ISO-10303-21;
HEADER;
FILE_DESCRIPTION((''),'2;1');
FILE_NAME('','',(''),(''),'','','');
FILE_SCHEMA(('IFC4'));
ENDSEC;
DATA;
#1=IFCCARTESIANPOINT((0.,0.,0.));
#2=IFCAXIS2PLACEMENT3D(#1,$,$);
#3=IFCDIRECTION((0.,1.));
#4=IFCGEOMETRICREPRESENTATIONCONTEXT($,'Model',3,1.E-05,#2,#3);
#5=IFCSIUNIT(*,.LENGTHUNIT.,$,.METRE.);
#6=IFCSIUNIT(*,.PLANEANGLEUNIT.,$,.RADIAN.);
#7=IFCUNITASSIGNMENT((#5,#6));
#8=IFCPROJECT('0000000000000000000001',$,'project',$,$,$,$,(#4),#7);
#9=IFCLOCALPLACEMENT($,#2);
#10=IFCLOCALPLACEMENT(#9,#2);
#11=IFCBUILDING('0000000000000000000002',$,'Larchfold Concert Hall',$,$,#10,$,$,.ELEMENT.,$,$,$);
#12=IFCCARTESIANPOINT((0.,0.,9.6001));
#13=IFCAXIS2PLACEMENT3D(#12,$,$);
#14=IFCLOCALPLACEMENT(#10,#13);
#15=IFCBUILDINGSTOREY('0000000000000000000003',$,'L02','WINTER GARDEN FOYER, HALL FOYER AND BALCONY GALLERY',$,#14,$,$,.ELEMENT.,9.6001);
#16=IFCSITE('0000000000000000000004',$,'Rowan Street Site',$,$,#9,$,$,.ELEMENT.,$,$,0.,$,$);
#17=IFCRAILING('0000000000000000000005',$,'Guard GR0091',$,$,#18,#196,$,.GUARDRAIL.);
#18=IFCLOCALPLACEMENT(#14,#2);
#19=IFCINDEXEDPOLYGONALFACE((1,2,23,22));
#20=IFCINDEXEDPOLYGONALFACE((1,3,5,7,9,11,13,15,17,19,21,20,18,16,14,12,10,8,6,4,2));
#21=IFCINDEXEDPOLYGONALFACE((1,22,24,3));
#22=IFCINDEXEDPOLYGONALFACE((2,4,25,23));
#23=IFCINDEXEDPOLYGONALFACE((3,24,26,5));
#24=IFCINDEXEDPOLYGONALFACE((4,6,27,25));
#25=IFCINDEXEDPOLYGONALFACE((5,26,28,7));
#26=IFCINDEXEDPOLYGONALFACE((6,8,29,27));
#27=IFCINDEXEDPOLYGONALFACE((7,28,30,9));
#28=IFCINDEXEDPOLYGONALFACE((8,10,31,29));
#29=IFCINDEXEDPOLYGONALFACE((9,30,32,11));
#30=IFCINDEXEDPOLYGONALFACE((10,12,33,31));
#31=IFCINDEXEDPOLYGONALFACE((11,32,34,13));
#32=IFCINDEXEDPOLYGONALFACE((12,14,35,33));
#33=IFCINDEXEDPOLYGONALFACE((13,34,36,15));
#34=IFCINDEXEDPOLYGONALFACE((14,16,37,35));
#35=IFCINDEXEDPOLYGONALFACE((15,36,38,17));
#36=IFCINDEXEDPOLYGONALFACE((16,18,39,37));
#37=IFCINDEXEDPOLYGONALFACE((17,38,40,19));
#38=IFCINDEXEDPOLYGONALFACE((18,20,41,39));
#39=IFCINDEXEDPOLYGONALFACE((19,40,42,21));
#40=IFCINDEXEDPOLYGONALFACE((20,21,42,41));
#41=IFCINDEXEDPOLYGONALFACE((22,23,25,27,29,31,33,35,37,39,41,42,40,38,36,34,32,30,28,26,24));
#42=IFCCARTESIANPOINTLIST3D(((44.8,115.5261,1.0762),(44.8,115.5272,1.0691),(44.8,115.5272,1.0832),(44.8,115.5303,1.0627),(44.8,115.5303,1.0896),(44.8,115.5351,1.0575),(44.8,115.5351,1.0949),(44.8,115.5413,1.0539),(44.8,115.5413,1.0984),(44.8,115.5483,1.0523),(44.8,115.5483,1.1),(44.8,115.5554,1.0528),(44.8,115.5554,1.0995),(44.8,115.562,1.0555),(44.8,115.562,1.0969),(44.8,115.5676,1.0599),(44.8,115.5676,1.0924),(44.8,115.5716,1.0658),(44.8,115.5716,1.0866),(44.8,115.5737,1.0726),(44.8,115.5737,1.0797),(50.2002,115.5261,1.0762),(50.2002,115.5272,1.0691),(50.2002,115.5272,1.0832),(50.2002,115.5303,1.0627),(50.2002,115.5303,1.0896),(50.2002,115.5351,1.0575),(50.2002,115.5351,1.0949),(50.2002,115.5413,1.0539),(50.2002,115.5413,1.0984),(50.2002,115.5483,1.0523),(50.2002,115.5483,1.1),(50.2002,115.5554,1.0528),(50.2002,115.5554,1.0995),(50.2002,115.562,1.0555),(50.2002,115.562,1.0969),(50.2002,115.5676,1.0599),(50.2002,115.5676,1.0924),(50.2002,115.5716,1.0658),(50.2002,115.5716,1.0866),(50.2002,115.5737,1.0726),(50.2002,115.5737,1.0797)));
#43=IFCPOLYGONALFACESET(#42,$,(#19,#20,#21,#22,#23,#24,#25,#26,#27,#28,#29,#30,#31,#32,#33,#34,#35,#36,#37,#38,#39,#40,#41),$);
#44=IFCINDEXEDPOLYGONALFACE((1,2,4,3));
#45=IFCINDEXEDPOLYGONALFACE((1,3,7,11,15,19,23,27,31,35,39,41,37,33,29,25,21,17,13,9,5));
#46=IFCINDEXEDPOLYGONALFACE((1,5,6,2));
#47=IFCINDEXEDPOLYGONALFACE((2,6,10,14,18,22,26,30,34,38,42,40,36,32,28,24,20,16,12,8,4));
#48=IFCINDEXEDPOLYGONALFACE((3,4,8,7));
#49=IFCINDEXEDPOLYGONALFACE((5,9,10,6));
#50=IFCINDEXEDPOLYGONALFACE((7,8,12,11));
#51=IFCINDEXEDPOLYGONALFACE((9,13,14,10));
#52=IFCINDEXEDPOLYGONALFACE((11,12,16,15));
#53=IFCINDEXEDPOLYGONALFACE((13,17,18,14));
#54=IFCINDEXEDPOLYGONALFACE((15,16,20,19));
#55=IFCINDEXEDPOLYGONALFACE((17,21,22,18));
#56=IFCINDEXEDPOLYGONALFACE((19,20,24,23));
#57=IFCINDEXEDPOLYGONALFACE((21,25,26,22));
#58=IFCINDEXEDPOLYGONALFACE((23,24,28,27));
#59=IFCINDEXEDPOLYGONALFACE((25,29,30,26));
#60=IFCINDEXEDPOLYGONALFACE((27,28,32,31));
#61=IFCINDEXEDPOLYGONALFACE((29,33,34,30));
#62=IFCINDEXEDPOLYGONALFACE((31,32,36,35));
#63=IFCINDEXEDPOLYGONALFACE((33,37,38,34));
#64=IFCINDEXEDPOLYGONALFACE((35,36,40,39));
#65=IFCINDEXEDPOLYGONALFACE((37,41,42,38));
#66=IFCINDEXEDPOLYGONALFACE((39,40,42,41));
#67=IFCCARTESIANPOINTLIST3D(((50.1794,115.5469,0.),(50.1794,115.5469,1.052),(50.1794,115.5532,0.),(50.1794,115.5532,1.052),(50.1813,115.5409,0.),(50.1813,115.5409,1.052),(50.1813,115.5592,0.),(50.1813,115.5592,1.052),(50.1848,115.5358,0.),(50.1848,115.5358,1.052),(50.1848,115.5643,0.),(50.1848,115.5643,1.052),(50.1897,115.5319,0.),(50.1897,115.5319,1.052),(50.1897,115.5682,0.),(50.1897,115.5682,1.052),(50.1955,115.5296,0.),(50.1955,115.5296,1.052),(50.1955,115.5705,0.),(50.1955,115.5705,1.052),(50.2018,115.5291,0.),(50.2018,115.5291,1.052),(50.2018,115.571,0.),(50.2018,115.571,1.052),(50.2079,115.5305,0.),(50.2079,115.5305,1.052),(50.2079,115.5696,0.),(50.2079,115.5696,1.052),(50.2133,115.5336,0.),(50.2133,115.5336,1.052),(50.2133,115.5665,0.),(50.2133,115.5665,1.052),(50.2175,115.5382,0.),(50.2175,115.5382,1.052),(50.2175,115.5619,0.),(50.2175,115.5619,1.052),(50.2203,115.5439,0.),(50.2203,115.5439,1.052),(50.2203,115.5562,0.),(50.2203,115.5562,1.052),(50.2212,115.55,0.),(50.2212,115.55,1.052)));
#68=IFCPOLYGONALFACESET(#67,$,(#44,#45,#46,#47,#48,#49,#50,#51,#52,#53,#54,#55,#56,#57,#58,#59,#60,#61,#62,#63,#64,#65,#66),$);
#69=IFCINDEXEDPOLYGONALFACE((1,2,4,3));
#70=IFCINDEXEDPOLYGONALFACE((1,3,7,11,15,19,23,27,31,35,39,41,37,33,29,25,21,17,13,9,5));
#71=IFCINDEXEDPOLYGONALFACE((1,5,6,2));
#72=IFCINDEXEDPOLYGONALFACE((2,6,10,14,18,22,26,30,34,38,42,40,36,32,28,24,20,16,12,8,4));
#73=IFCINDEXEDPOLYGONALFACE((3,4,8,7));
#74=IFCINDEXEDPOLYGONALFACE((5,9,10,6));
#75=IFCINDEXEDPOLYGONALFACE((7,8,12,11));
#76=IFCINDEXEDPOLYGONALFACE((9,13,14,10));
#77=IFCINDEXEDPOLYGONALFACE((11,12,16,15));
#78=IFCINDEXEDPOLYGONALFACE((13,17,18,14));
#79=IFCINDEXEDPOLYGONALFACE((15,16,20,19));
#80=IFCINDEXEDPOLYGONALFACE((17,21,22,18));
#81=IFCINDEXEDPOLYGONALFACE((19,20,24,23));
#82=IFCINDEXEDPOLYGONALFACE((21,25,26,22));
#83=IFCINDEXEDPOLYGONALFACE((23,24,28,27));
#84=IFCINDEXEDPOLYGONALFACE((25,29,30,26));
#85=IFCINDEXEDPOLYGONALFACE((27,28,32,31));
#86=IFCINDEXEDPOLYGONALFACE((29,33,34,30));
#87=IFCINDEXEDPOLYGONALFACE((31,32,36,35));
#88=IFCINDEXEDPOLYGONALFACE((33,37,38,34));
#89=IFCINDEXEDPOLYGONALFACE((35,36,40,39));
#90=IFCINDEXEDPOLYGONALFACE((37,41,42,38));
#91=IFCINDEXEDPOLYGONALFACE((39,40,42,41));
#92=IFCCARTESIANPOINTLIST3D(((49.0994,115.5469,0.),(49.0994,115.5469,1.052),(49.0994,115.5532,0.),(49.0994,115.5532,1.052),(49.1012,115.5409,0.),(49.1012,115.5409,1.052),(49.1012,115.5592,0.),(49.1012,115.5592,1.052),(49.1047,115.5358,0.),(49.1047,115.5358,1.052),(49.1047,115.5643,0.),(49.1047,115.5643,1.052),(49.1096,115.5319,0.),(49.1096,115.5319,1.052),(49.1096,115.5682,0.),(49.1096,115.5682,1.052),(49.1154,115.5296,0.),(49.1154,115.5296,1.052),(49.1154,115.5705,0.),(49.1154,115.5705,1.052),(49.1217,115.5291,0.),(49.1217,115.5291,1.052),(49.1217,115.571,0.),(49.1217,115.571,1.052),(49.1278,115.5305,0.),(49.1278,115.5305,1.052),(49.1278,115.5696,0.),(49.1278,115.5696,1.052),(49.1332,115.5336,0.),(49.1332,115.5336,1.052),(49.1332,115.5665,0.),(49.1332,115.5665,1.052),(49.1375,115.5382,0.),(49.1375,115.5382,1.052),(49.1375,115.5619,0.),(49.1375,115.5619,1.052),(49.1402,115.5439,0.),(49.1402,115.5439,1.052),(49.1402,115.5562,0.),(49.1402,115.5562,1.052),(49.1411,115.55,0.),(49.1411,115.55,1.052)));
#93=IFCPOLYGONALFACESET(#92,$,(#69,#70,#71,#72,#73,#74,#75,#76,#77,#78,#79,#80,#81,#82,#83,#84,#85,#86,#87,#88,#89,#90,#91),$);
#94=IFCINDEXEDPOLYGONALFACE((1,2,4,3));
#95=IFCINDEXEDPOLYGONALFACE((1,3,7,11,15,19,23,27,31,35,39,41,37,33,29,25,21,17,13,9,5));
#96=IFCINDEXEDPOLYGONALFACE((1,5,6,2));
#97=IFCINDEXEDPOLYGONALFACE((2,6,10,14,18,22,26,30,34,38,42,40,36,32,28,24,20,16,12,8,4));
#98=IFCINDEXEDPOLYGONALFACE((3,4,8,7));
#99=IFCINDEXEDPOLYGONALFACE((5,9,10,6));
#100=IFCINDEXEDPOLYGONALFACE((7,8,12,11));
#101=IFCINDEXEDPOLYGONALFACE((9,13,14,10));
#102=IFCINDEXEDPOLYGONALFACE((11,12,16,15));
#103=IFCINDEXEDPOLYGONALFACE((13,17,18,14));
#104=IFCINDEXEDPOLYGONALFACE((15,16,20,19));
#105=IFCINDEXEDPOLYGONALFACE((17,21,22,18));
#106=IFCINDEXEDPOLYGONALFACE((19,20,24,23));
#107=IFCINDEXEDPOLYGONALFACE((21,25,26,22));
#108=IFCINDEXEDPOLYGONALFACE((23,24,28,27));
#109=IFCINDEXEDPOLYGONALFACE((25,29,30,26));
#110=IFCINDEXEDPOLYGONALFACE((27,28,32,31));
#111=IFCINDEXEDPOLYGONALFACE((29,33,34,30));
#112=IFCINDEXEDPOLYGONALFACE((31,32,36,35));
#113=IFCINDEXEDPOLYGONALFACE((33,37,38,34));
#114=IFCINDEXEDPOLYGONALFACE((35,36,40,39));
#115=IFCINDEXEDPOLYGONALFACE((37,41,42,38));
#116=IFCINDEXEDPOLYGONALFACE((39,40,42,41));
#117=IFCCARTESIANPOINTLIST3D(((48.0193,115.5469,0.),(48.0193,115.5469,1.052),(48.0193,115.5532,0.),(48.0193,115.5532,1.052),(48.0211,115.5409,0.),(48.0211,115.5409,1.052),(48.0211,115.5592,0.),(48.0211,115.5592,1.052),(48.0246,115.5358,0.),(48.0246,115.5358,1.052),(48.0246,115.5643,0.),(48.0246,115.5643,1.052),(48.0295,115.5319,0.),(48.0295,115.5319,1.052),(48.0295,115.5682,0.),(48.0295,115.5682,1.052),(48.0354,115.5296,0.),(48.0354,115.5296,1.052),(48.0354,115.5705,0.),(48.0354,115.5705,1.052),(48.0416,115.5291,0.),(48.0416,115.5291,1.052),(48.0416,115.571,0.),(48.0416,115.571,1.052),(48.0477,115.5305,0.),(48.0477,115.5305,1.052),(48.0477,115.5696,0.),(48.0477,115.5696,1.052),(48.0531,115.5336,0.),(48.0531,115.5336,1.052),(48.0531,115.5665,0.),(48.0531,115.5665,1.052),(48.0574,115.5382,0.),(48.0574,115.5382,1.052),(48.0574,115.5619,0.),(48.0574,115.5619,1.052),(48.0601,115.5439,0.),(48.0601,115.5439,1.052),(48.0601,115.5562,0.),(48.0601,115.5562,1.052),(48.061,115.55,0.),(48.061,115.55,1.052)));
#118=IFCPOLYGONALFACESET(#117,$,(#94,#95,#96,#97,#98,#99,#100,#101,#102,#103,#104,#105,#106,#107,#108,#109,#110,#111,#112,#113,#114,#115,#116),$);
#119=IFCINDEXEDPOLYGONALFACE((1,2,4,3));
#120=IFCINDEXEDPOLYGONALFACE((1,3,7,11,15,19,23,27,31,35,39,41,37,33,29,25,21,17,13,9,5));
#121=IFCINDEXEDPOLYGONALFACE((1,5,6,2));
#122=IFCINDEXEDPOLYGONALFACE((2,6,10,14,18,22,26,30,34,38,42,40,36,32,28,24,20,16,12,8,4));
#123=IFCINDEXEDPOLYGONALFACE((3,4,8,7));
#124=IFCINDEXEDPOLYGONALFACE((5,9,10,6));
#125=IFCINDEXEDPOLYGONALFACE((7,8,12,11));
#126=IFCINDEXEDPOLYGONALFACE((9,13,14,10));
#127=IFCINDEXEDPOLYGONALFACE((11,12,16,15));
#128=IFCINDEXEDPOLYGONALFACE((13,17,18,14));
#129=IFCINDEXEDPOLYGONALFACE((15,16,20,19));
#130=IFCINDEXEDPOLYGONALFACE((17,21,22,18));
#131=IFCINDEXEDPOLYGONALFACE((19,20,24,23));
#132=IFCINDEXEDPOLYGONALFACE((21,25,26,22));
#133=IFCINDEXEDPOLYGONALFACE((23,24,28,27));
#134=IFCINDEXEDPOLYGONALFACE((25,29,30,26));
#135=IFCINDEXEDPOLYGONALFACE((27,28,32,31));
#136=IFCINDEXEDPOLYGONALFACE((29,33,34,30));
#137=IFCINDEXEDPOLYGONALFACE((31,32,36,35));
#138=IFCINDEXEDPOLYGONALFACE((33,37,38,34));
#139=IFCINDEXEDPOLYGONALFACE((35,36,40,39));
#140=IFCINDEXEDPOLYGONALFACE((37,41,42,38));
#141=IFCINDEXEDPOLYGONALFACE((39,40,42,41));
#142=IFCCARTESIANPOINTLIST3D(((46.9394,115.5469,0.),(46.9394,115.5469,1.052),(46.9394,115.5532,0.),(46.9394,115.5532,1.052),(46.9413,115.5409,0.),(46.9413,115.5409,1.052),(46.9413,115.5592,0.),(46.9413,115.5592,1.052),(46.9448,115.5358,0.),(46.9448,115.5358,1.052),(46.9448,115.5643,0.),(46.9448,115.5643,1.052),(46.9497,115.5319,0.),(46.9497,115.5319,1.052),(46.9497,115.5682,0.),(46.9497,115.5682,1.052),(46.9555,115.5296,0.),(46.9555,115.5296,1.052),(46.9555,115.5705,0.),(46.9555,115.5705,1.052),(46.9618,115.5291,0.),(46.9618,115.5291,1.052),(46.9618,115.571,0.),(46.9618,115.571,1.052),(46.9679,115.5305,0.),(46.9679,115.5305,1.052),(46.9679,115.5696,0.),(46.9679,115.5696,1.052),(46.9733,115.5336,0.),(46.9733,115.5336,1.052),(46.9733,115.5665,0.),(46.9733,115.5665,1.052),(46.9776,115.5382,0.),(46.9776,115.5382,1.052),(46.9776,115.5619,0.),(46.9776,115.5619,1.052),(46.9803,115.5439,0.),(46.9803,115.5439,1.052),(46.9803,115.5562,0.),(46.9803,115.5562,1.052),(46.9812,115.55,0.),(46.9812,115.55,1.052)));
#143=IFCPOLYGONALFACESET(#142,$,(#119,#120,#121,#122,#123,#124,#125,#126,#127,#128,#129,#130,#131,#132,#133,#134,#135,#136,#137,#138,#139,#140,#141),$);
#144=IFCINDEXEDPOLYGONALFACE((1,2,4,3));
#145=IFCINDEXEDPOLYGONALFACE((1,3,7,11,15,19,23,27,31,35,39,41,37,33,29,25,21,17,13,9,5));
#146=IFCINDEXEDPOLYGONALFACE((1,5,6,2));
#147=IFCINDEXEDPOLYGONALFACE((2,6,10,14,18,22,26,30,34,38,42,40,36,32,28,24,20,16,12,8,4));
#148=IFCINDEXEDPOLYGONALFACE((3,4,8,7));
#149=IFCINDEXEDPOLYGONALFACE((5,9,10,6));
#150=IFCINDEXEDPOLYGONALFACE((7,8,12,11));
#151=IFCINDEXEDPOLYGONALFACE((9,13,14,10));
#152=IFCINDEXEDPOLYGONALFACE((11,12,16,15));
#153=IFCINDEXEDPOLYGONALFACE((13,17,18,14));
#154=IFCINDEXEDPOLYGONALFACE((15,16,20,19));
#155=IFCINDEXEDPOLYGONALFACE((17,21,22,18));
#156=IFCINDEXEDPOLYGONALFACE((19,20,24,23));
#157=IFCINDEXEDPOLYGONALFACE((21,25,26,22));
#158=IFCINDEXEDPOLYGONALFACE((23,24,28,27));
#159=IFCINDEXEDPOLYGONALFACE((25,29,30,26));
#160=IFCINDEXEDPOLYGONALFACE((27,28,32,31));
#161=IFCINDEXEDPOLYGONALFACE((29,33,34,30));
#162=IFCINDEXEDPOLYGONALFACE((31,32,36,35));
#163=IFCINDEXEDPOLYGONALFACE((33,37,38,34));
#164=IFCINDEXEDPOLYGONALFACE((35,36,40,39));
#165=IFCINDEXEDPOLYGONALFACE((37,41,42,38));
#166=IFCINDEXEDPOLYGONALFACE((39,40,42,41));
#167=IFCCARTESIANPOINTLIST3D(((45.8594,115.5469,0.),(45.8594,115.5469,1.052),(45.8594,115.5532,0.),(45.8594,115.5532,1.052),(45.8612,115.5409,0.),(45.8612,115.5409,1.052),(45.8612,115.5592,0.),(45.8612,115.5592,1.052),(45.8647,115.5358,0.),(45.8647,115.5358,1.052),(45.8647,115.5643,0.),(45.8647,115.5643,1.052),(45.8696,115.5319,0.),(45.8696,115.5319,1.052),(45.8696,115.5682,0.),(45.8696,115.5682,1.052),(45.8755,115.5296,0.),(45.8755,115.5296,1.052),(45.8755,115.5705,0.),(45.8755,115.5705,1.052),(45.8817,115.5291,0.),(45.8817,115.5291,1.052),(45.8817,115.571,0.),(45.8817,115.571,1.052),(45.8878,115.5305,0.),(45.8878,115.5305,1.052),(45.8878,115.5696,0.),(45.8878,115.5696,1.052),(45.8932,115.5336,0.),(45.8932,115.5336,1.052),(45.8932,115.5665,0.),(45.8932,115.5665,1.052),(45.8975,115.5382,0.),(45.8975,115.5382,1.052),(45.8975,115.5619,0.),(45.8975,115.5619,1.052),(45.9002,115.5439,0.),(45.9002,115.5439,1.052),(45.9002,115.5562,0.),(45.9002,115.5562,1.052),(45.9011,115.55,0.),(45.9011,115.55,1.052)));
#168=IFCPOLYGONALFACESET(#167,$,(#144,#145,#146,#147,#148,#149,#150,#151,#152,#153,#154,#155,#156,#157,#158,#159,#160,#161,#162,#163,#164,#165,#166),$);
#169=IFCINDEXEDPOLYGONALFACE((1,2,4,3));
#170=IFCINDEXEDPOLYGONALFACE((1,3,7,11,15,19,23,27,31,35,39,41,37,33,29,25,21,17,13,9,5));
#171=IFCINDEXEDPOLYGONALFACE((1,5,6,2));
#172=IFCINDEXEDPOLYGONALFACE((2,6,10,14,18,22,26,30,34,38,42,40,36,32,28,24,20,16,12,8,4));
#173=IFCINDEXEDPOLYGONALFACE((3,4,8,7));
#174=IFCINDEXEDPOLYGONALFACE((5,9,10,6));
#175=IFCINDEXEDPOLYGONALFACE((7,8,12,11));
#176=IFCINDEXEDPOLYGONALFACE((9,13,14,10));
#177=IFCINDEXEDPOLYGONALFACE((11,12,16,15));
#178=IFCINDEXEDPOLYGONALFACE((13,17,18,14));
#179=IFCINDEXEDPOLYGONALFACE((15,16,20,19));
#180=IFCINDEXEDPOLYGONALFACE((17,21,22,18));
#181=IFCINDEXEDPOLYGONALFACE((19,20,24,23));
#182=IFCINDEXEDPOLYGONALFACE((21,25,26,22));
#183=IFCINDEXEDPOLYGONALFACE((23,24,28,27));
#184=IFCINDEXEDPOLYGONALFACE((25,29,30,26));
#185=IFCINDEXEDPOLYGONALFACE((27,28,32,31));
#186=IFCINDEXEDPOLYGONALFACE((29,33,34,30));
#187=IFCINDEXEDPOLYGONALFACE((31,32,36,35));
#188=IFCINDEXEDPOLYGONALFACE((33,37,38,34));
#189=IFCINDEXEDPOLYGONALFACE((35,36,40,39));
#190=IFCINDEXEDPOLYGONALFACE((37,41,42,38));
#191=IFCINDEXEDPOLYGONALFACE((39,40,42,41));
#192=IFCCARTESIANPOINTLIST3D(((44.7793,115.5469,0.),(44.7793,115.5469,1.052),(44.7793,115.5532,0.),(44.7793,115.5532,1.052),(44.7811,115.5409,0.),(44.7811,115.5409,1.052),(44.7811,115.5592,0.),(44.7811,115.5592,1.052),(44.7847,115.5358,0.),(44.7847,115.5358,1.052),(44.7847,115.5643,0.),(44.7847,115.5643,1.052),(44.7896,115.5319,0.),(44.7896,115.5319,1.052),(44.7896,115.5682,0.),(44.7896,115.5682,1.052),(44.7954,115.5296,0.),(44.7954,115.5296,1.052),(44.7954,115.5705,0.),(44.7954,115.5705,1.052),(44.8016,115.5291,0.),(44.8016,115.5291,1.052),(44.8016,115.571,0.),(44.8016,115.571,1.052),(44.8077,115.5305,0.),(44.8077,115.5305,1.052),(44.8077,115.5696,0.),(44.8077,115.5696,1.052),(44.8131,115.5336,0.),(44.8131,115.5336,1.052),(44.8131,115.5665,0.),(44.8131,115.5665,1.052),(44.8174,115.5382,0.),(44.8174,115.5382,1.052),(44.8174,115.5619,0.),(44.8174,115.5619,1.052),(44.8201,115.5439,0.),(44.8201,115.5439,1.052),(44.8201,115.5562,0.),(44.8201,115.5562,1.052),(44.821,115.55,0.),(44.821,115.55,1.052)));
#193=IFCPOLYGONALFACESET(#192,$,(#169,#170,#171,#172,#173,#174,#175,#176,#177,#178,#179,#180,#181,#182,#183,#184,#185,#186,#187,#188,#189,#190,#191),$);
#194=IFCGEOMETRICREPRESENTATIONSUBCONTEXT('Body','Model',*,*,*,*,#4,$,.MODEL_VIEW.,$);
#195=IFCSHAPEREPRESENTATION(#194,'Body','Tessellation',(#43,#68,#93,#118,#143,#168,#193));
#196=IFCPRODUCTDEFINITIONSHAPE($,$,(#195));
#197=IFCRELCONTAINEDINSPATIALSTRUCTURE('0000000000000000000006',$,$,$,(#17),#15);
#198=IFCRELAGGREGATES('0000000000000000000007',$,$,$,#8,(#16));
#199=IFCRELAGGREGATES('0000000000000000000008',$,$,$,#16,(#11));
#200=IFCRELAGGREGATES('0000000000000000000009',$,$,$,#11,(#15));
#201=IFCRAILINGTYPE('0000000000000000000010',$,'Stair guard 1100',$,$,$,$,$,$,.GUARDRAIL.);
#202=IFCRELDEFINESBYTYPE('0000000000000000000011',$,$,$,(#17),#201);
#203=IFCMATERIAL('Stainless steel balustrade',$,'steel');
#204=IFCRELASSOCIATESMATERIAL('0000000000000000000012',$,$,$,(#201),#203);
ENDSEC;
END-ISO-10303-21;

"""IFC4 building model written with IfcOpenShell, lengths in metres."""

from ifc_helpers import new_model, si_unit, direction, frame, origin, origin_2d, place, context, subcontext, project, spatial, circle, extrude, material, type_object, element, save


model = new_model("IFC4")

# Units and contexts
model_context = context("Model", 3, precision=1e-05, world=origin(), true_north=direction((0.0, 1.0)))
body_context = subcontext(model_context, "Body", "Model", "MODEL_VIEW")
ifc_project = project(units=[si_unit("LENGTHUNIT", "METRE"), si_unit("PLANEANGLEUNIT", "RADIAN")], contexts=[model_context])

# Site, building, storey
site_placement = place(None, origin())
site = spatial("IfcSite", under=ifc_project, at=site_placement, Name="Rowan Street Site", CompositionType="ELEMENT", RefElevation=0.0)
building_placement = place(site_placement, origin())
building = spatial("IfcBuilding", under=site, at=building_placement, Name="Larchfold Concert Hall", CompositionType="ELEMENT")
storey_placement = place(building_placement, frame((0.0, 0.0, 9.6001)))
storey = spatial("IfcBuildingStorey", under=building, at=storey_placement, Name="L02", Description="WINTER GARDEN FOYER, HALL FOYER AND BALCONY GALLERY", CompositionType="ELEMENT", Elevation=9.6001)

# Railing
ifc_material_1 = material(Name="Stainless steel balustrade", Category="steel")
railing_type_1 = type_object("IfcRailingType", Name="Stair guard 1100", PredefinedType="GUARDRAIL", material=ifc_material_1)
railing_1_placement = place(storey_placement, frame((50.2002, 115.55, 0.0)))
element("IfcRailing", 1, at=railing_1_placement, inside=storey, type_object=railing_type_1, Name="Guard GR0091", PredefinedType="GUARDRAIL", context=body_context, shape_type="SweptSolid", body=[
    extrude(circle(Radius=0.0239, at=origin_2d()), frame((0.0, 0.0, 1.0762), z_axis=(-1.0, 0.0, 0.0), x_axis=(0.0, -1.0, 0.0)), (0.0, 0.0, 1.0), 5.4001),
    extrude(circle(Radius=0.021, at=origin_2d()), origin(), (0.0, 0.0, 1.0), 1.052),
    extrude(circle(Radius=0.021, at=origin_2d()), frame((-1.0801, 0.0, 0.0)), (0.0, 0.0, 1.0), 1.052),
    extrude(circle(Radius=0.021, at=origin_2d()), frame((-2.1602, 0.0, 0.0)), (0.0, 0.0, 1.0), 1.052),
    extrude(circle(Radius=0.021, at=origin_2d()), frame((-3.24, 0.0, 0.0)), (0.0, 0.0, 1.0), 1.052),
    extrude(circle(Radius=0.021, at=origin_2d()), frame((-4.3201, 0.0, 0.0)), (0.0, 0.0, 1.0), 1.052),
    extrude(circle(Radius=0.021, at=origin_2d()), frame((-5.4001, 0.0, 0.0)), (0.0, 0.0, 1.0), 1.052),
])

save(model, "model.ifc")
